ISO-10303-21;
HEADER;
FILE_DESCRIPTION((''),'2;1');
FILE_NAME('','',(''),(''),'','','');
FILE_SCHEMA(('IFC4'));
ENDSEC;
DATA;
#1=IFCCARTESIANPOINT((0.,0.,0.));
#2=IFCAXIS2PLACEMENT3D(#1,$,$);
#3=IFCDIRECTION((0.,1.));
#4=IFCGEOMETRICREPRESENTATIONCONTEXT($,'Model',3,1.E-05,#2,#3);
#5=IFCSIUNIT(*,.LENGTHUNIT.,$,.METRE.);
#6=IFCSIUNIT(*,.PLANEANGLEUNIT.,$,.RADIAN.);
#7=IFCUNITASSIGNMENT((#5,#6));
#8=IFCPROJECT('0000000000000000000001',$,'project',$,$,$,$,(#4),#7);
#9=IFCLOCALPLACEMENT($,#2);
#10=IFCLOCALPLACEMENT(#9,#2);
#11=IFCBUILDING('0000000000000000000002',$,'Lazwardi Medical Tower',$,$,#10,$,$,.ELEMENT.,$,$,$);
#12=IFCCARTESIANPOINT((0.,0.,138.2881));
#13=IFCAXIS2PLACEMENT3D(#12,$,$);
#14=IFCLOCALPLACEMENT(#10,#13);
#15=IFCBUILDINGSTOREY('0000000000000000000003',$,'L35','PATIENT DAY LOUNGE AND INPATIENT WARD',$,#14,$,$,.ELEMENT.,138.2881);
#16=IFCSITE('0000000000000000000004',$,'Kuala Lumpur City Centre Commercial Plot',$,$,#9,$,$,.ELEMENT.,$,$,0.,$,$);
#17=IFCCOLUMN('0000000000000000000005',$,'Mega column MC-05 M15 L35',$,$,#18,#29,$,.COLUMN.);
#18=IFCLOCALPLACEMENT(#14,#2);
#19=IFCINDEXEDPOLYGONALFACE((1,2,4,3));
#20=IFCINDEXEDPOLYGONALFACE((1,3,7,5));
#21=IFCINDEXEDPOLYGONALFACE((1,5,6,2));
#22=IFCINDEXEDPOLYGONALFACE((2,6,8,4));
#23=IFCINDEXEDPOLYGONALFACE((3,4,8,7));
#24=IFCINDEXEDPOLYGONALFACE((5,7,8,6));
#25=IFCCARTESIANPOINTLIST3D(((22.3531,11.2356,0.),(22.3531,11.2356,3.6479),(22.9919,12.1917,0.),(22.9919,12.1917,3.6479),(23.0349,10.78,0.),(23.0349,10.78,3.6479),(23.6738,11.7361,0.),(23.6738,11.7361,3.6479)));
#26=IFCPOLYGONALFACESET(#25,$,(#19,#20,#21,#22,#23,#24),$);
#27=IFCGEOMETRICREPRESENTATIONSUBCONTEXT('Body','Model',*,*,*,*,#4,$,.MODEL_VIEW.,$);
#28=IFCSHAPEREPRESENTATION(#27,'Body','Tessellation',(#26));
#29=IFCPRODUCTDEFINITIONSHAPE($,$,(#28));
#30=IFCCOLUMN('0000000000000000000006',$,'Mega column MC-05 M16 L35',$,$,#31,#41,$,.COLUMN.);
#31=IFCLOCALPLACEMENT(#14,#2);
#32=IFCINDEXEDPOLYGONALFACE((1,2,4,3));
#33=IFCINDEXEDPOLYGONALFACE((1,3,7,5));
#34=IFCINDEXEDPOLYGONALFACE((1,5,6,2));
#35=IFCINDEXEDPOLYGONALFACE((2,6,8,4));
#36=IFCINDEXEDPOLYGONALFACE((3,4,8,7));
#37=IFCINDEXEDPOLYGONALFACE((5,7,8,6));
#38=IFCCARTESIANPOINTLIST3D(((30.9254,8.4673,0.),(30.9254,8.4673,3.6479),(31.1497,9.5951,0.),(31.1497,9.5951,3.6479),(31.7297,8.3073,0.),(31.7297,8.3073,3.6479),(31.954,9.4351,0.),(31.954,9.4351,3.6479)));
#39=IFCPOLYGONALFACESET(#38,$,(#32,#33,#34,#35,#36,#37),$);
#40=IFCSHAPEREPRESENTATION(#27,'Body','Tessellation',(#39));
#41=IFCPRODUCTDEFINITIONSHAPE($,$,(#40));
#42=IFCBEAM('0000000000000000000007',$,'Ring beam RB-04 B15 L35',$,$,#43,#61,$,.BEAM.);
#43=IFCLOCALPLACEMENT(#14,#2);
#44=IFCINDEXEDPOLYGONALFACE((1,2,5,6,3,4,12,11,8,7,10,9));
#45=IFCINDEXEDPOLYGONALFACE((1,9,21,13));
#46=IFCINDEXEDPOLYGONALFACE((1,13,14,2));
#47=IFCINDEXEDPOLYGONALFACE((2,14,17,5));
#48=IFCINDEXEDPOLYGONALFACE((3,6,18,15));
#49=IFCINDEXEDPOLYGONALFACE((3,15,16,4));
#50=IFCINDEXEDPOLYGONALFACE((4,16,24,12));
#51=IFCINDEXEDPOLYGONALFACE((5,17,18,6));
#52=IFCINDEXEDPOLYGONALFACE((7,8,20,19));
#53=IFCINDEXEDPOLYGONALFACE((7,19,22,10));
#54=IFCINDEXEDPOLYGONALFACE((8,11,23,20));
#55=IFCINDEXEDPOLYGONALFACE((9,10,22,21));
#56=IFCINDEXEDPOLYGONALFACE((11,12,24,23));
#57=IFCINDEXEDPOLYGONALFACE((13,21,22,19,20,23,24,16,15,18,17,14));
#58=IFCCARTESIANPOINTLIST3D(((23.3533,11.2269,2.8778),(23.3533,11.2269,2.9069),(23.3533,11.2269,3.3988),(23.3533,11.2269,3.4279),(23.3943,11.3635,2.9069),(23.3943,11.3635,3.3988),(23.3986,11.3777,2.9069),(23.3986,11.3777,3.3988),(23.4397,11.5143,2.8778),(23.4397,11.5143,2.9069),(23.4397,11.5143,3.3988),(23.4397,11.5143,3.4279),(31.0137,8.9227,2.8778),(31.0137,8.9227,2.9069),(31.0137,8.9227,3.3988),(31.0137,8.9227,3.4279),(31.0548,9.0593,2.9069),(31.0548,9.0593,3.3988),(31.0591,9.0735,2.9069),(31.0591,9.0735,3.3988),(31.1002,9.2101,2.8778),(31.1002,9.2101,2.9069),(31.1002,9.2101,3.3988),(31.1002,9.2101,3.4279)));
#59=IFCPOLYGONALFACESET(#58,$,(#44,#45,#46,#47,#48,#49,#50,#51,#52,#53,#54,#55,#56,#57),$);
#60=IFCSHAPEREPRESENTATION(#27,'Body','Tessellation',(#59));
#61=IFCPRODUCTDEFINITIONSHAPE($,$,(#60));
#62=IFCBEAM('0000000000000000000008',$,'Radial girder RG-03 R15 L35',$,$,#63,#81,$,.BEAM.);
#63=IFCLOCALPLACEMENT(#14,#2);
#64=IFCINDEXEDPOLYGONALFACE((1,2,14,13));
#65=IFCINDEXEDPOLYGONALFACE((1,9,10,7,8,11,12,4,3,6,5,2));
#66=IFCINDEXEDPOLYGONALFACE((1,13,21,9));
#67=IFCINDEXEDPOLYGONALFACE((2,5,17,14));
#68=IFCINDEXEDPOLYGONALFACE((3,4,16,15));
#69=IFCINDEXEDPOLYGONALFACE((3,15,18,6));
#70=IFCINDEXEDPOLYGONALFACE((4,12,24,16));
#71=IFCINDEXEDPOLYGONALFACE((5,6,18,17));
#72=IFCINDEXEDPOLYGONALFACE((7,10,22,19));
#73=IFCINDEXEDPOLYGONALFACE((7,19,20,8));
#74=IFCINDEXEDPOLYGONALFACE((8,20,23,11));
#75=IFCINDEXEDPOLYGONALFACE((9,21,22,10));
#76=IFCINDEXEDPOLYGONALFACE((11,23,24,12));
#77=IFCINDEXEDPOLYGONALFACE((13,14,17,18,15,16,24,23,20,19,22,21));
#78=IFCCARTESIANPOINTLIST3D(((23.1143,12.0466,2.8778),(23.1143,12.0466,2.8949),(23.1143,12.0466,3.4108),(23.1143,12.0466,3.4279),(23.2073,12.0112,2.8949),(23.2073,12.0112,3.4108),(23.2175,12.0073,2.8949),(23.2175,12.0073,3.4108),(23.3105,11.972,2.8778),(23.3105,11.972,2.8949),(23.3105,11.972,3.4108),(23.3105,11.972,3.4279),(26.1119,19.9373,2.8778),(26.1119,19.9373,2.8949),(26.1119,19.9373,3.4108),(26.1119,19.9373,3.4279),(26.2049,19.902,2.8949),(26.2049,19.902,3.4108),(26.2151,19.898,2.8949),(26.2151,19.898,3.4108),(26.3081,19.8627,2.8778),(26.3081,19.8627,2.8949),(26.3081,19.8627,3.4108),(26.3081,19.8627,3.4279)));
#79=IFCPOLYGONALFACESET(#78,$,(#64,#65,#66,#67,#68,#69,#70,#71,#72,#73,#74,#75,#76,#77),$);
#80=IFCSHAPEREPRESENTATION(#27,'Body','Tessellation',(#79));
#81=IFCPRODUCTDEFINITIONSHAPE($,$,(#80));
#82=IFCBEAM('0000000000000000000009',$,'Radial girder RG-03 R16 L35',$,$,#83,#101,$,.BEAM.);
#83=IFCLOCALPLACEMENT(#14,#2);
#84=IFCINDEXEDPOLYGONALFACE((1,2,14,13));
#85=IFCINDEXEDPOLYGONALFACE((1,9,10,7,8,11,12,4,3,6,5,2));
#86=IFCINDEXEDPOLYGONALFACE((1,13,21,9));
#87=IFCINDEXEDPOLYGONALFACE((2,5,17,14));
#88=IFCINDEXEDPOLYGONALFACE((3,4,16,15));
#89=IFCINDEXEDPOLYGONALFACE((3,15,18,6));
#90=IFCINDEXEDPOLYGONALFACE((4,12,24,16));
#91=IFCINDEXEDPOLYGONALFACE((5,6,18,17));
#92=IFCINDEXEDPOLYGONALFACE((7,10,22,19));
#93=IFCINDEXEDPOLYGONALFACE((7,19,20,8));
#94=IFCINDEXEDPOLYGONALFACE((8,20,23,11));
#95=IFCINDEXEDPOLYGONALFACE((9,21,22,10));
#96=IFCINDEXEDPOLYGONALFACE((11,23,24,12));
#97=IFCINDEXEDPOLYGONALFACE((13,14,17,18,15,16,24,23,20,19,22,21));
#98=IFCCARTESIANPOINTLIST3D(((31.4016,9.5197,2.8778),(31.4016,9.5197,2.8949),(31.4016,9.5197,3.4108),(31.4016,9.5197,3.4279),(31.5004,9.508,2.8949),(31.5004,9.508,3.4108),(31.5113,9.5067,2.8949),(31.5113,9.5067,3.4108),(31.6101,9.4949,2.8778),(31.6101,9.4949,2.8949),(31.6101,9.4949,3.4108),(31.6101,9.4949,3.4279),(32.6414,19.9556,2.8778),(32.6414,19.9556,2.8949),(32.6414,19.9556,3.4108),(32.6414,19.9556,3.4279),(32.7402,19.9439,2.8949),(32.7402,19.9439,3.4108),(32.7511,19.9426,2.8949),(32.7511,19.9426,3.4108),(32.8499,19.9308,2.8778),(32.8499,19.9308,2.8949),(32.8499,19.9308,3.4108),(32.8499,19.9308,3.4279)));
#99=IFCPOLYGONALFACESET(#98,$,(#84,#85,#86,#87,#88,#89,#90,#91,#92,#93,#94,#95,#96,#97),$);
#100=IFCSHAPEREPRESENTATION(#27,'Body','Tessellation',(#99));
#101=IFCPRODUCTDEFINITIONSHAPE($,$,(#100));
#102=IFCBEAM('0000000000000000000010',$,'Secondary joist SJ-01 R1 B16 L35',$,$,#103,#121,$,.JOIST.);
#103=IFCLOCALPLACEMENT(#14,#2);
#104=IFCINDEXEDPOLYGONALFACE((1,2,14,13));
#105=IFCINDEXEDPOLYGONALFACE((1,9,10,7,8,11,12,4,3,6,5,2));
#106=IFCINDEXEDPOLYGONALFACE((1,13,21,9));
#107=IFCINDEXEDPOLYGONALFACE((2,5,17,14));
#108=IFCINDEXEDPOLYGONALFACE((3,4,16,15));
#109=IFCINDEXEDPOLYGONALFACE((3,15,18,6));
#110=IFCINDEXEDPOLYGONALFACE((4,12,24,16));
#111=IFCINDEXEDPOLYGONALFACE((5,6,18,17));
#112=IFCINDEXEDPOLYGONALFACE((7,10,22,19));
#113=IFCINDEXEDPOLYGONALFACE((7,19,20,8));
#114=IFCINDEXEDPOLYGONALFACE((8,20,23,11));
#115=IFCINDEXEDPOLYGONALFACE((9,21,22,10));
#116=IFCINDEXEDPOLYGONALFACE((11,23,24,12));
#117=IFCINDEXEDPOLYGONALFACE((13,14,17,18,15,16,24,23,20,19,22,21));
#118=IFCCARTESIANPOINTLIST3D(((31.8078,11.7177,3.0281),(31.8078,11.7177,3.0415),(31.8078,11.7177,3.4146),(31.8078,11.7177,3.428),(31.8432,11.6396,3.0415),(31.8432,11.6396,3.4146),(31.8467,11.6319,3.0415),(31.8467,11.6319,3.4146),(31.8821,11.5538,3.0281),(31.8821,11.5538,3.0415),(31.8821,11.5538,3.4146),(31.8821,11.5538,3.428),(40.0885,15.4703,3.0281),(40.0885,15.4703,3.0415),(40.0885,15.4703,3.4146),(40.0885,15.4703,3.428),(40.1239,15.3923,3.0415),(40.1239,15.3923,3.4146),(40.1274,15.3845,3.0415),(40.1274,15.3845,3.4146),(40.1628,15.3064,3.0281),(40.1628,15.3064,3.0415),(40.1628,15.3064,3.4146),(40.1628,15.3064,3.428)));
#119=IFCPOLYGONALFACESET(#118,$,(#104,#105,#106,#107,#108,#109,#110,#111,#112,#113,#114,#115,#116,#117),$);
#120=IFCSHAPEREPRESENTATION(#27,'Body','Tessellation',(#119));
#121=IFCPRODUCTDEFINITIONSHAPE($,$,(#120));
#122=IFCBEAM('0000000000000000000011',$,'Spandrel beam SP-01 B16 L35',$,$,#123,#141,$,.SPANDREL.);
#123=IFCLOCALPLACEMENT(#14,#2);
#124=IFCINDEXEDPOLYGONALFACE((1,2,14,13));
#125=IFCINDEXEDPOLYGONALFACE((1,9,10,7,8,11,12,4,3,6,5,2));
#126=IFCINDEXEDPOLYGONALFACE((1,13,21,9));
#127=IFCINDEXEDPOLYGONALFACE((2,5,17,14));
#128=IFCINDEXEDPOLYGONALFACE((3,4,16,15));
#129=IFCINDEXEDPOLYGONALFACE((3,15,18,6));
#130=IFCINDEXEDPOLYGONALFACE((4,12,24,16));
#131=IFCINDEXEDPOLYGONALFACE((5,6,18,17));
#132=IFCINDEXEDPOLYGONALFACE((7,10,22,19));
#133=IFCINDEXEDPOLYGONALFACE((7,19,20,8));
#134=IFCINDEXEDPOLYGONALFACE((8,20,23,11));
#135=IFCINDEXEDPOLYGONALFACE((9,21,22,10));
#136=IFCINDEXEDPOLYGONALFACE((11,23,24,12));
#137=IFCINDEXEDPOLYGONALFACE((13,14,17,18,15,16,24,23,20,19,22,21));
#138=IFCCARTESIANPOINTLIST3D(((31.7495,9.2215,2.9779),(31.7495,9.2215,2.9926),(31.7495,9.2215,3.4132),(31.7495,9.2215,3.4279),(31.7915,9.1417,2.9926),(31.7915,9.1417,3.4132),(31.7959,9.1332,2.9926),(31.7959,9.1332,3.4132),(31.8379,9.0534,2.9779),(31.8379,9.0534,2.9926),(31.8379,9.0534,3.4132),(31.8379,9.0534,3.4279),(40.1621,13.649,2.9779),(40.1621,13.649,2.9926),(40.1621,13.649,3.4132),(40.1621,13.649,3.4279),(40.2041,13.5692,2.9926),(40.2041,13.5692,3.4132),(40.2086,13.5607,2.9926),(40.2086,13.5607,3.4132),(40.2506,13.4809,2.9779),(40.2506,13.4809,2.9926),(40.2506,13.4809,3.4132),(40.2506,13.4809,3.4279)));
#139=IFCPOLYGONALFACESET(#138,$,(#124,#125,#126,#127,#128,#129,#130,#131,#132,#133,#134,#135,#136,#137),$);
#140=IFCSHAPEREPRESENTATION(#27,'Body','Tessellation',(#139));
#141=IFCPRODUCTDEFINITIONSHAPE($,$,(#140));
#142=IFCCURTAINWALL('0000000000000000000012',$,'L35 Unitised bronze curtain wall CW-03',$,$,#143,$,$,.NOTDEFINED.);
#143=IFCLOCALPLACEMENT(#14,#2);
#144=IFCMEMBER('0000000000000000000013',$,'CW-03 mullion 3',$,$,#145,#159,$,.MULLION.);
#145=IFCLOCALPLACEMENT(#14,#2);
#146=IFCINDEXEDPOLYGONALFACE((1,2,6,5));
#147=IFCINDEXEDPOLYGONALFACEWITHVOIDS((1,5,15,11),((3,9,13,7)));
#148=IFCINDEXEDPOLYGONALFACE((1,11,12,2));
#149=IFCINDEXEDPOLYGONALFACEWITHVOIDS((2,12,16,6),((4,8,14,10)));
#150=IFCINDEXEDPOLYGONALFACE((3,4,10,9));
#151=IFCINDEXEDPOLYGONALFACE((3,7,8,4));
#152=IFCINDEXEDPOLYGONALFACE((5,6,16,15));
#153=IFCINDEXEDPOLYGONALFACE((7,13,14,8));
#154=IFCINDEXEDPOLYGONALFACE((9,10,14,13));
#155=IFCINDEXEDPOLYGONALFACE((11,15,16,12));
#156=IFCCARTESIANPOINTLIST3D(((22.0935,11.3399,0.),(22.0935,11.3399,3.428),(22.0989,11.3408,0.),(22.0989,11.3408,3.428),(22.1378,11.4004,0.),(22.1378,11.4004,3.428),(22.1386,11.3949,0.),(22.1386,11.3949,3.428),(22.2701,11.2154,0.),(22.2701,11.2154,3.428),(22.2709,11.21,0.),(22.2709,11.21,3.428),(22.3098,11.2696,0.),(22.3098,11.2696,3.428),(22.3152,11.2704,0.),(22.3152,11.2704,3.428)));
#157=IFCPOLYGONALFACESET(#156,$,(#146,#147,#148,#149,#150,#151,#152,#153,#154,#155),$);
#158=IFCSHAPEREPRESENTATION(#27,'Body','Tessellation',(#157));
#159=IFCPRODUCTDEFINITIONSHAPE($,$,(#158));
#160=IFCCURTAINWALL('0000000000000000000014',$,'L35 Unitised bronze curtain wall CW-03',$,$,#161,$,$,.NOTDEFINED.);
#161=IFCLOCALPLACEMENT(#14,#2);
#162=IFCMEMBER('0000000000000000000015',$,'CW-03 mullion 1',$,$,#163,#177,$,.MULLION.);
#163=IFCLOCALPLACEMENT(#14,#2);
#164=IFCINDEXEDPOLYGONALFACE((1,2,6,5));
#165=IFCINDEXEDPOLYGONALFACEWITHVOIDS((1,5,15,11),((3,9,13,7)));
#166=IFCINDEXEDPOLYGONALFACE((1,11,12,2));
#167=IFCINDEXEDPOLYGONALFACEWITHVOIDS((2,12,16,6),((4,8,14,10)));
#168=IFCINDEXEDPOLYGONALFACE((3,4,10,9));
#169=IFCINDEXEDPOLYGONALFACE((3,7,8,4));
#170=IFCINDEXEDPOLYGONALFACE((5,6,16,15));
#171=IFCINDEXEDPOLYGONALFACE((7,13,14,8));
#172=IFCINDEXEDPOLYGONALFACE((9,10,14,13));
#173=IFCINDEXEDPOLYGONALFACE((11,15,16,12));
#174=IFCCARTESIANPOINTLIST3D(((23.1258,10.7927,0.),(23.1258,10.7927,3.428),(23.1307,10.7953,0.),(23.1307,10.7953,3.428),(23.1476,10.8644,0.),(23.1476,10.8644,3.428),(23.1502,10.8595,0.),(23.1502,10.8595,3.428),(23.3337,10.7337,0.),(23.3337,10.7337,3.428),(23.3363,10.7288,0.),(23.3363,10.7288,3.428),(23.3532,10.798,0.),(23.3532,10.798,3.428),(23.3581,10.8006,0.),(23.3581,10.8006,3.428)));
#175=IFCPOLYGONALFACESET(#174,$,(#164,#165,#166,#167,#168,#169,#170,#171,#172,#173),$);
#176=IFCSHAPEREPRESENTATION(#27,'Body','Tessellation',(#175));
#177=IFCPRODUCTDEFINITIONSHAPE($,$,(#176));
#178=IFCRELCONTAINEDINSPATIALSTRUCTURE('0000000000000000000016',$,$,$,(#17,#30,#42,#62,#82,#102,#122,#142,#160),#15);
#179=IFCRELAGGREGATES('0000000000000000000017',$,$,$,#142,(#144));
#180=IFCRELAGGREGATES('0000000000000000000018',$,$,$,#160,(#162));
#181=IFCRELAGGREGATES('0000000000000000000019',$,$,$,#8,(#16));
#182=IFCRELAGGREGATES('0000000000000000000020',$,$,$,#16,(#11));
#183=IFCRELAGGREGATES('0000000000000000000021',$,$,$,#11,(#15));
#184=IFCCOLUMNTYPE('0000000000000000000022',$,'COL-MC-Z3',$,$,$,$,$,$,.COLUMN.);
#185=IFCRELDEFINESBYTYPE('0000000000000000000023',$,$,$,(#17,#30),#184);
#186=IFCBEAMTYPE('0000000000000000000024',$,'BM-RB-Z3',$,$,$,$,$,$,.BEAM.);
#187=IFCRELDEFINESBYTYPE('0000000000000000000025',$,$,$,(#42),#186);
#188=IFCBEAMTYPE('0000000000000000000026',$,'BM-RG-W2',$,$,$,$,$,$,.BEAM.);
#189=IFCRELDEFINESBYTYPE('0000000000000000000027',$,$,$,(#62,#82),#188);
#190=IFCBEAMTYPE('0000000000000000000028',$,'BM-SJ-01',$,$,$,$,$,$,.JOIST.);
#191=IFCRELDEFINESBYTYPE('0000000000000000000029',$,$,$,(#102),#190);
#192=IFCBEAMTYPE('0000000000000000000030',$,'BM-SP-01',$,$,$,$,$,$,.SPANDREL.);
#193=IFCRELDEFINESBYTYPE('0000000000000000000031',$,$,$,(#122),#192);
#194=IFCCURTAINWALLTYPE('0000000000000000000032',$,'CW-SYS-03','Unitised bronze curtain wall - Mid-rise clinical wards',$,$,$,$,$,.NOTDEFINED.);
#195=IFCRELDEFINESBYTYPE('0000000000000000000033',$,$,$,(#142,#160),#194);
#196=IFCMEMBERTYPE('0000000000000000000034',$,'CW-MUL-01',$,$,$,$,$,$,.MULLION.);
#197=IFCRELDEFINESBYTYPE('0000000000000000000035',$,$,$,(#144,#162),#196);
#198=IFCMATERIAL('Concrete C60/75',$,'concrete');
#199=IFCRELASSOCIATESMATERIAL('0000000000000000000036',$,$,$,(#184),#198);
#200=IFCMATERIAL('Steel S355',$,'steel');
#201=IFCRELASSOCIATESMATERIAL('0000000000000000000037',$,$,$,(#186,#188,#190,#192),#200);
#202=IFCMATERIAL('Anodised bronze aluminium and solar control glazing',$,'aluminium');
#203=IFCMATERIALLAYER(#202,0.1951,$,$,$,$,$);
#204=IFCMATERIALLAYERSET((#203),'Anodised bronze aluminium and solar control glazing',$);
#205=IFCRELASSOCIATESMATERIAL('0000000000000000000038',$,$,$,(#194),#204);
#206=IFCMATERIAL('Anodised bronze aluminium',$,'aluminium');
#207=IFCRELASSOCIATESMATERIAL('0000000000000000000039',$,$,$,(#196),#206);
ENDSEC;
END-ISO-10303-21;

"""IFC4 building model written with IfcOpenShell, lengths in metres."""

from ifc_helpers import new_model, si_unit, direction, frame, origin, origin_2d, place, context, subcontext, project, spatial, rectangle, hollow_rectangle, i_section, extrude, material, layer, layer_set, material_profile, profile_set, type_object, element, aggregate, save


model = new_model("IFC4")

# Units and contexts
model_context = context("Model", 3, precision=1e-05, world=origin(), true_north=direction((0.0, 1.0)))
body_context = subcontext(model_context, "Body", "Model", "MODEL_VIEW")
ifc_project = project(units=[si_unit("LENGTHUNIT", "METRE"), si_unit("PLANEANGLEUNIT", "RADIAN")], contexts=[model_context])

# Site, building, storey
site_placement = place(None, origin())
site = spatial("IfcSite", under=ifc_project, at=site_placement, Name="Kuala Lumpur City Centre Commercial Plot", CompositionType="ELEMENT", RefElevation=0.0)
building_placement = place(site_placement, origin())
building = spatial("IfcBuilding", under=site, at=building_placement, Name="Lazwardi Medical Tower", CompositionType="ELEMENT")
storey_placement = place(building_placement, frame((0.0, 0.0, 138.2881)))
storey = spatial("IfcBuildingStorey", under=building, at=storey_placement, Name="L35", Description="PATIENT DAY LOUNGE AND INPATIENT WARD", CompositionType="ELEMENT", Elevation=138.2881)

# Columns
ifc_material_1 = material(Name="Concrete C60/75", Category="concrete")
ifc_material_profile_1 = material_profile(ifc_material_1, rectangle(XDim=1.1499, YDim=0.8201, at=origin_2d()), Name="CFT-RECT 1150x820")
ifc_profile_set_1 = profile_set([ifc_material_profile_1], Name="Concrete C60/75")
column_type = type_object("IfcColumnType", Name="COL-MC-Z3", PredefinedType="COLUMN", material=ifc_profile_set_1)
for number, where, z_axis, x_axis, name in (
    (1, (23.0134, 11.4858, 0.0), (0.0, 0.0, 1.0), (-0.55557, -0.83147, 0.0), "Mega column MC-05 M15 L35"),
    (2, (31.4397, 8.9512, 0.0), (0.0, 0.0, 1.0), (-0.19509, -0.980785, 0.0), "Mega column MC-05 M16 L35"),
):
    element("IfcColumn", number, at=place(storey_placement, frame(where, z_axis=z_axis, x_axis=x_axis)), inside=storey, type_object=column_type, Name=name, PredefinedType="COLUMN", context=body_context, shape_type="SweptSolid", body=[
        extrude(rectangle(XDim=1.1499, YDim=0.8201, at=origin_2d()), origin(), (0.0, 0.0, 1.0), 3.6479),
    ])

# Beams
ifc_material_2 = material(Name="Steel S355", Category="steel")
ifc_material_profile_2 = material_profile(ifc_material_2, i_section(OverallWidth=0.3, OverallDepth=0.55, WebThickness=0.0149, FlangeThickness=0.0291, at=origin_2d()), Name="HEB 550")
ifc_profile_set_2 = profile_set([ifc_material_profile_2], Name="Steel S355")
beam_type_1 = type_object("IfcBeamType", Name="BM-RB-Z3", PredefinedType="BEAM", material=ifc_profile_set_2)
beam_1_placement = place(storey_placement, frame((23.3965, 11.3706, 3.1528), z_axis=(0.957617, -0.288045, 0.0), x_axis=(0.288045, 0.957617, 0.0)))
element("IfcBeam", 3, at=beam_1_placement, inside=storey, type_object=beam_type_1, Name="Ring beam RB-04 B15 L35", PredefinedType="BEAM", context=body_context, shape_type="SweptSolid", body=[
    extrude(i_section(OverallWidth=0.3, OverallDepth=0.55, WebThickness=0.0149, FlangeThickness=0.0291, at=origin_2d()), origin(), (0.0, 0.0, 1.0), 7.9995),
])
ifc_material_profile_3 = material_profile(ifc_material_2, i_section(OverallWidth=0.21, OverallDepth=0.55, WebThickness=0.011, FlangeThickness=0.0171, at=origin_2d()), Name="IPE 550")
ifc_profile_set_3 = profile_set([ifc_material_profile_3], Name="Steel S355")
beam_type_2 = type_object("IfcBeamType", Name="BM-RG-W2", PredefinedType="BEAM", material=ifc_profile_set_3)
beam_2_placement = place(storey_placement, frame((23.2124, 12.0093, 3.1528), z_axis=(0.355127, 0.934818, 0.0), x_axis=(-0.934818, 0.355127, 0.0)))
element("IfcBeam", 4, at=beam_2_placement, inside=storey, type_object=beam_type_2, Name="Radial girder RG-03 R15 L35", PredefinedType="BEAM", context=body_context, shape_type="SweptSolid", body=[
    extrude(i_section(OverallWidth=0.21, OverallDepth=0.55, WebThickness=0.011, FlangeThickness=0.0171, at=origin_2d()), origin(), (0.0, 0.0, 1.0), 8.4409),
])
beam_3_placement = place(storey_placement, frame((31.5059, 9.5073, 3.1528), z_axis=(0.117968, 0.993017, 0.0), x_axis=(-0.993017, 0.117968, 0.0)))
element("IfcBeam", 5, at=beam_3_placement, inside=storey, type_object=beam_type_2, Name="Radial girder RG-03 R16 L35", PredefinedType="BEAM", context=body_context, shape_type="SweptSolid", body=[
    extrude(i_section(OverallWidth=0.21, OverallDepth=0.55, WebThickness=0.011, FlangeThickness=0.0171, at=origin_2d()), origin(), (0.0, 0.0, 1.0), 10.5093),
])
ifc_material_profile_4 = material_profile(ifc_material_2, i_section(OverallWidth=0.1799, OverallDepth=0.3999, WebThickness=0.0085, FlangeThickness=0.0134, at=origin_2d()), Name="IPE 400")
ifc_profile_set_4 = profile_set([ifc_material_profile_4], Name="Steel S355")
beam_type_3 = type_object("IfcBeamType", Name="BM-SJ-01", PredefinedType="JOIST", material=ifc_profile_set_4)
beam_4_placement = place(storey_placement, frame((31.845, 11.6357, 3.228), z_axis=(0.910834, 0.412773, 0.0), x_axis=(-0.412773, 0.910834, 0.0)))
element("IfcBeam", 6, at=beam_4_placement, inside=storey, type_object=beam_type_3, Name="Secondary joist SJ-01 R1 B16 L35", PredefinedType="JOIST", context=body_context, shape_type="SweptSolid", body=[
    extrude(i_section(OverallWidth=0.1799, OverallDepth=0.3999, WebThickness=0.0085, FlangeThickness=0.0134, at=origin_2d()), origin(), (0.0, 0.0, 1.0), 9.0913),
])
ifc_material_profile_5 = material_profile(ifc_material_2, i_section(OverallWidth=0.1899, OverallDepth=0.45, WebThickness=0.0095, FlangeThickness=0.0146, at=origin_2d()), Name="IPE 450")
ifc_profile_set_5 = profile_set([ifc_material_profile_5], Name="Steel S355")
beam_type_4 = type_object("IfcBeamType", Name="BM-SP-01", PredefinedType="SPANDREL", material=ifc_profile_set_5)
beam_5_placement = place(storey_placement, frame((31.7937, 9.1375, 3.2029), z_axis=(0.884927, 0.465731, 0.0), x_axis=(-0.465731, 0.884927, 0.0)))
element("IfcBeam", 7, at=beam_5_placement, inside=storey, type_object=beam_type_4, Name="Spandrel beam SP-01 B16 L35", PredefinedType="SPANDREL", context=body_context, shape_type="SweptSolid", body=[
    extrude(i_section(OverallWidth=0.1899, OverallDepth=0.45, WebThickness=0.0095, FlangeThickness=0.0146, at=origin_2d()), origin(), (0.0, 0.0, 1.0), 9.5066),
])

# Curtain wall, member
ifc_material_3 = material(Name="Anodised bronze aluminium and solar control glazing", Category="aluminium")
ifc_layer_1 = layer(ifc_material_3, 0.1951)
ifc_layer_set_1 = layer_set([ifc_layer_1], Name="Anodised bronze aluminium and solar control glazing")
curtain_wall_type = type_object("IfcCurtainWallType", Name="CW-SYS-03", Description="Unitised bronze curtain wall - Mid-rise clinical wards", PredefinedType="NOTDEFINED", material=ifc_layer_set_1)
curtain_wall_1_placement = place(storey_placement, origin())
curtain_wall_1 = element("IfcCurtainWall", 8, at=curtain_wall_1_placement, inside=storey, type_object=curtain_wall_type, Name="L35 Unitised bronze curtain wall CW-03", PredefinedType="NOTDEFINED")
ifc_material_4 = material(Name="Anodised bronze aluminium", Category="aluminium")
ifc_material_profile_6 = material_profile(ifc_material_4, hollow_rectangle(XDim=0.075, YDim=0.22, WallThickness=0.0039, at=origin_2d()), Name="ALU-MULLION 220x75x4")
ifc_profile_set_6 = profile_set([ifc_material_profile_6], Name="Anodised bronze aluminium")
member_type_1 = type_object("IfcMemberType", Name="CW-MUL-01", PredefinedType="MULLION", material=ifc_profile_set_6)
member_1_placement = place(storey_placement, frame((22.2043, 11.3052, 0.0), z_axis=(0.0, 0.0, 1.0), x_axis=(0.590834, 0.806793, 0.0)))
member_1 = element("IfcMember", 9, at=member_1_placement, type_object=member_type_1, Name="CW-03 mullion 3", PredefinedType="MULLION", context=body_context, shape_type="SweptSolid", body=[
    extrude(hollow_rectangle(XDim=0.075, YDim=0.22, WallThickness=0.0039, at=origin_2d()), origin(), (0.0, 0.0, 1.0), 3.428),
])

# Curtain wall, member
curtain_wall_2_placement = place(storey_placement, origin())
curtain_wall_2 = element("IfcCurtainWall", 10, at=curtain_wall_2_placement, inside=storey, type_object=curtain_wall_type, Name="L35 Unitised bronze curtain wall CW-03", PredefinedType="NOTDEFINED")
member_2_placement = place(storey_placement, frame((23.2419, 10.7966, 0.0), z_axis=(0.0, 0.0, 1.0), x_axis=(0.290281, 0.956942, 0.0)))
member_2 = element("IfcMember", 11, at=member_2_placement, type_object=member_type_1, Name="CW-03 mullion 1", PredefinedType="MULLION", context=body_context, shape_type="SweptSolid", body=[
    extrude(hollow_rectangle(XDim=0.075, YDim=0.22, WallThickness=0.0039, at=origin_2d()), origin(), (0.0, 0.0, 1.0), 3.428),
])

aggregate(curtain_wall_1, [member_1])
aggregate(curtain_wall_2, [member_2])

save(model, "model.ifc")
